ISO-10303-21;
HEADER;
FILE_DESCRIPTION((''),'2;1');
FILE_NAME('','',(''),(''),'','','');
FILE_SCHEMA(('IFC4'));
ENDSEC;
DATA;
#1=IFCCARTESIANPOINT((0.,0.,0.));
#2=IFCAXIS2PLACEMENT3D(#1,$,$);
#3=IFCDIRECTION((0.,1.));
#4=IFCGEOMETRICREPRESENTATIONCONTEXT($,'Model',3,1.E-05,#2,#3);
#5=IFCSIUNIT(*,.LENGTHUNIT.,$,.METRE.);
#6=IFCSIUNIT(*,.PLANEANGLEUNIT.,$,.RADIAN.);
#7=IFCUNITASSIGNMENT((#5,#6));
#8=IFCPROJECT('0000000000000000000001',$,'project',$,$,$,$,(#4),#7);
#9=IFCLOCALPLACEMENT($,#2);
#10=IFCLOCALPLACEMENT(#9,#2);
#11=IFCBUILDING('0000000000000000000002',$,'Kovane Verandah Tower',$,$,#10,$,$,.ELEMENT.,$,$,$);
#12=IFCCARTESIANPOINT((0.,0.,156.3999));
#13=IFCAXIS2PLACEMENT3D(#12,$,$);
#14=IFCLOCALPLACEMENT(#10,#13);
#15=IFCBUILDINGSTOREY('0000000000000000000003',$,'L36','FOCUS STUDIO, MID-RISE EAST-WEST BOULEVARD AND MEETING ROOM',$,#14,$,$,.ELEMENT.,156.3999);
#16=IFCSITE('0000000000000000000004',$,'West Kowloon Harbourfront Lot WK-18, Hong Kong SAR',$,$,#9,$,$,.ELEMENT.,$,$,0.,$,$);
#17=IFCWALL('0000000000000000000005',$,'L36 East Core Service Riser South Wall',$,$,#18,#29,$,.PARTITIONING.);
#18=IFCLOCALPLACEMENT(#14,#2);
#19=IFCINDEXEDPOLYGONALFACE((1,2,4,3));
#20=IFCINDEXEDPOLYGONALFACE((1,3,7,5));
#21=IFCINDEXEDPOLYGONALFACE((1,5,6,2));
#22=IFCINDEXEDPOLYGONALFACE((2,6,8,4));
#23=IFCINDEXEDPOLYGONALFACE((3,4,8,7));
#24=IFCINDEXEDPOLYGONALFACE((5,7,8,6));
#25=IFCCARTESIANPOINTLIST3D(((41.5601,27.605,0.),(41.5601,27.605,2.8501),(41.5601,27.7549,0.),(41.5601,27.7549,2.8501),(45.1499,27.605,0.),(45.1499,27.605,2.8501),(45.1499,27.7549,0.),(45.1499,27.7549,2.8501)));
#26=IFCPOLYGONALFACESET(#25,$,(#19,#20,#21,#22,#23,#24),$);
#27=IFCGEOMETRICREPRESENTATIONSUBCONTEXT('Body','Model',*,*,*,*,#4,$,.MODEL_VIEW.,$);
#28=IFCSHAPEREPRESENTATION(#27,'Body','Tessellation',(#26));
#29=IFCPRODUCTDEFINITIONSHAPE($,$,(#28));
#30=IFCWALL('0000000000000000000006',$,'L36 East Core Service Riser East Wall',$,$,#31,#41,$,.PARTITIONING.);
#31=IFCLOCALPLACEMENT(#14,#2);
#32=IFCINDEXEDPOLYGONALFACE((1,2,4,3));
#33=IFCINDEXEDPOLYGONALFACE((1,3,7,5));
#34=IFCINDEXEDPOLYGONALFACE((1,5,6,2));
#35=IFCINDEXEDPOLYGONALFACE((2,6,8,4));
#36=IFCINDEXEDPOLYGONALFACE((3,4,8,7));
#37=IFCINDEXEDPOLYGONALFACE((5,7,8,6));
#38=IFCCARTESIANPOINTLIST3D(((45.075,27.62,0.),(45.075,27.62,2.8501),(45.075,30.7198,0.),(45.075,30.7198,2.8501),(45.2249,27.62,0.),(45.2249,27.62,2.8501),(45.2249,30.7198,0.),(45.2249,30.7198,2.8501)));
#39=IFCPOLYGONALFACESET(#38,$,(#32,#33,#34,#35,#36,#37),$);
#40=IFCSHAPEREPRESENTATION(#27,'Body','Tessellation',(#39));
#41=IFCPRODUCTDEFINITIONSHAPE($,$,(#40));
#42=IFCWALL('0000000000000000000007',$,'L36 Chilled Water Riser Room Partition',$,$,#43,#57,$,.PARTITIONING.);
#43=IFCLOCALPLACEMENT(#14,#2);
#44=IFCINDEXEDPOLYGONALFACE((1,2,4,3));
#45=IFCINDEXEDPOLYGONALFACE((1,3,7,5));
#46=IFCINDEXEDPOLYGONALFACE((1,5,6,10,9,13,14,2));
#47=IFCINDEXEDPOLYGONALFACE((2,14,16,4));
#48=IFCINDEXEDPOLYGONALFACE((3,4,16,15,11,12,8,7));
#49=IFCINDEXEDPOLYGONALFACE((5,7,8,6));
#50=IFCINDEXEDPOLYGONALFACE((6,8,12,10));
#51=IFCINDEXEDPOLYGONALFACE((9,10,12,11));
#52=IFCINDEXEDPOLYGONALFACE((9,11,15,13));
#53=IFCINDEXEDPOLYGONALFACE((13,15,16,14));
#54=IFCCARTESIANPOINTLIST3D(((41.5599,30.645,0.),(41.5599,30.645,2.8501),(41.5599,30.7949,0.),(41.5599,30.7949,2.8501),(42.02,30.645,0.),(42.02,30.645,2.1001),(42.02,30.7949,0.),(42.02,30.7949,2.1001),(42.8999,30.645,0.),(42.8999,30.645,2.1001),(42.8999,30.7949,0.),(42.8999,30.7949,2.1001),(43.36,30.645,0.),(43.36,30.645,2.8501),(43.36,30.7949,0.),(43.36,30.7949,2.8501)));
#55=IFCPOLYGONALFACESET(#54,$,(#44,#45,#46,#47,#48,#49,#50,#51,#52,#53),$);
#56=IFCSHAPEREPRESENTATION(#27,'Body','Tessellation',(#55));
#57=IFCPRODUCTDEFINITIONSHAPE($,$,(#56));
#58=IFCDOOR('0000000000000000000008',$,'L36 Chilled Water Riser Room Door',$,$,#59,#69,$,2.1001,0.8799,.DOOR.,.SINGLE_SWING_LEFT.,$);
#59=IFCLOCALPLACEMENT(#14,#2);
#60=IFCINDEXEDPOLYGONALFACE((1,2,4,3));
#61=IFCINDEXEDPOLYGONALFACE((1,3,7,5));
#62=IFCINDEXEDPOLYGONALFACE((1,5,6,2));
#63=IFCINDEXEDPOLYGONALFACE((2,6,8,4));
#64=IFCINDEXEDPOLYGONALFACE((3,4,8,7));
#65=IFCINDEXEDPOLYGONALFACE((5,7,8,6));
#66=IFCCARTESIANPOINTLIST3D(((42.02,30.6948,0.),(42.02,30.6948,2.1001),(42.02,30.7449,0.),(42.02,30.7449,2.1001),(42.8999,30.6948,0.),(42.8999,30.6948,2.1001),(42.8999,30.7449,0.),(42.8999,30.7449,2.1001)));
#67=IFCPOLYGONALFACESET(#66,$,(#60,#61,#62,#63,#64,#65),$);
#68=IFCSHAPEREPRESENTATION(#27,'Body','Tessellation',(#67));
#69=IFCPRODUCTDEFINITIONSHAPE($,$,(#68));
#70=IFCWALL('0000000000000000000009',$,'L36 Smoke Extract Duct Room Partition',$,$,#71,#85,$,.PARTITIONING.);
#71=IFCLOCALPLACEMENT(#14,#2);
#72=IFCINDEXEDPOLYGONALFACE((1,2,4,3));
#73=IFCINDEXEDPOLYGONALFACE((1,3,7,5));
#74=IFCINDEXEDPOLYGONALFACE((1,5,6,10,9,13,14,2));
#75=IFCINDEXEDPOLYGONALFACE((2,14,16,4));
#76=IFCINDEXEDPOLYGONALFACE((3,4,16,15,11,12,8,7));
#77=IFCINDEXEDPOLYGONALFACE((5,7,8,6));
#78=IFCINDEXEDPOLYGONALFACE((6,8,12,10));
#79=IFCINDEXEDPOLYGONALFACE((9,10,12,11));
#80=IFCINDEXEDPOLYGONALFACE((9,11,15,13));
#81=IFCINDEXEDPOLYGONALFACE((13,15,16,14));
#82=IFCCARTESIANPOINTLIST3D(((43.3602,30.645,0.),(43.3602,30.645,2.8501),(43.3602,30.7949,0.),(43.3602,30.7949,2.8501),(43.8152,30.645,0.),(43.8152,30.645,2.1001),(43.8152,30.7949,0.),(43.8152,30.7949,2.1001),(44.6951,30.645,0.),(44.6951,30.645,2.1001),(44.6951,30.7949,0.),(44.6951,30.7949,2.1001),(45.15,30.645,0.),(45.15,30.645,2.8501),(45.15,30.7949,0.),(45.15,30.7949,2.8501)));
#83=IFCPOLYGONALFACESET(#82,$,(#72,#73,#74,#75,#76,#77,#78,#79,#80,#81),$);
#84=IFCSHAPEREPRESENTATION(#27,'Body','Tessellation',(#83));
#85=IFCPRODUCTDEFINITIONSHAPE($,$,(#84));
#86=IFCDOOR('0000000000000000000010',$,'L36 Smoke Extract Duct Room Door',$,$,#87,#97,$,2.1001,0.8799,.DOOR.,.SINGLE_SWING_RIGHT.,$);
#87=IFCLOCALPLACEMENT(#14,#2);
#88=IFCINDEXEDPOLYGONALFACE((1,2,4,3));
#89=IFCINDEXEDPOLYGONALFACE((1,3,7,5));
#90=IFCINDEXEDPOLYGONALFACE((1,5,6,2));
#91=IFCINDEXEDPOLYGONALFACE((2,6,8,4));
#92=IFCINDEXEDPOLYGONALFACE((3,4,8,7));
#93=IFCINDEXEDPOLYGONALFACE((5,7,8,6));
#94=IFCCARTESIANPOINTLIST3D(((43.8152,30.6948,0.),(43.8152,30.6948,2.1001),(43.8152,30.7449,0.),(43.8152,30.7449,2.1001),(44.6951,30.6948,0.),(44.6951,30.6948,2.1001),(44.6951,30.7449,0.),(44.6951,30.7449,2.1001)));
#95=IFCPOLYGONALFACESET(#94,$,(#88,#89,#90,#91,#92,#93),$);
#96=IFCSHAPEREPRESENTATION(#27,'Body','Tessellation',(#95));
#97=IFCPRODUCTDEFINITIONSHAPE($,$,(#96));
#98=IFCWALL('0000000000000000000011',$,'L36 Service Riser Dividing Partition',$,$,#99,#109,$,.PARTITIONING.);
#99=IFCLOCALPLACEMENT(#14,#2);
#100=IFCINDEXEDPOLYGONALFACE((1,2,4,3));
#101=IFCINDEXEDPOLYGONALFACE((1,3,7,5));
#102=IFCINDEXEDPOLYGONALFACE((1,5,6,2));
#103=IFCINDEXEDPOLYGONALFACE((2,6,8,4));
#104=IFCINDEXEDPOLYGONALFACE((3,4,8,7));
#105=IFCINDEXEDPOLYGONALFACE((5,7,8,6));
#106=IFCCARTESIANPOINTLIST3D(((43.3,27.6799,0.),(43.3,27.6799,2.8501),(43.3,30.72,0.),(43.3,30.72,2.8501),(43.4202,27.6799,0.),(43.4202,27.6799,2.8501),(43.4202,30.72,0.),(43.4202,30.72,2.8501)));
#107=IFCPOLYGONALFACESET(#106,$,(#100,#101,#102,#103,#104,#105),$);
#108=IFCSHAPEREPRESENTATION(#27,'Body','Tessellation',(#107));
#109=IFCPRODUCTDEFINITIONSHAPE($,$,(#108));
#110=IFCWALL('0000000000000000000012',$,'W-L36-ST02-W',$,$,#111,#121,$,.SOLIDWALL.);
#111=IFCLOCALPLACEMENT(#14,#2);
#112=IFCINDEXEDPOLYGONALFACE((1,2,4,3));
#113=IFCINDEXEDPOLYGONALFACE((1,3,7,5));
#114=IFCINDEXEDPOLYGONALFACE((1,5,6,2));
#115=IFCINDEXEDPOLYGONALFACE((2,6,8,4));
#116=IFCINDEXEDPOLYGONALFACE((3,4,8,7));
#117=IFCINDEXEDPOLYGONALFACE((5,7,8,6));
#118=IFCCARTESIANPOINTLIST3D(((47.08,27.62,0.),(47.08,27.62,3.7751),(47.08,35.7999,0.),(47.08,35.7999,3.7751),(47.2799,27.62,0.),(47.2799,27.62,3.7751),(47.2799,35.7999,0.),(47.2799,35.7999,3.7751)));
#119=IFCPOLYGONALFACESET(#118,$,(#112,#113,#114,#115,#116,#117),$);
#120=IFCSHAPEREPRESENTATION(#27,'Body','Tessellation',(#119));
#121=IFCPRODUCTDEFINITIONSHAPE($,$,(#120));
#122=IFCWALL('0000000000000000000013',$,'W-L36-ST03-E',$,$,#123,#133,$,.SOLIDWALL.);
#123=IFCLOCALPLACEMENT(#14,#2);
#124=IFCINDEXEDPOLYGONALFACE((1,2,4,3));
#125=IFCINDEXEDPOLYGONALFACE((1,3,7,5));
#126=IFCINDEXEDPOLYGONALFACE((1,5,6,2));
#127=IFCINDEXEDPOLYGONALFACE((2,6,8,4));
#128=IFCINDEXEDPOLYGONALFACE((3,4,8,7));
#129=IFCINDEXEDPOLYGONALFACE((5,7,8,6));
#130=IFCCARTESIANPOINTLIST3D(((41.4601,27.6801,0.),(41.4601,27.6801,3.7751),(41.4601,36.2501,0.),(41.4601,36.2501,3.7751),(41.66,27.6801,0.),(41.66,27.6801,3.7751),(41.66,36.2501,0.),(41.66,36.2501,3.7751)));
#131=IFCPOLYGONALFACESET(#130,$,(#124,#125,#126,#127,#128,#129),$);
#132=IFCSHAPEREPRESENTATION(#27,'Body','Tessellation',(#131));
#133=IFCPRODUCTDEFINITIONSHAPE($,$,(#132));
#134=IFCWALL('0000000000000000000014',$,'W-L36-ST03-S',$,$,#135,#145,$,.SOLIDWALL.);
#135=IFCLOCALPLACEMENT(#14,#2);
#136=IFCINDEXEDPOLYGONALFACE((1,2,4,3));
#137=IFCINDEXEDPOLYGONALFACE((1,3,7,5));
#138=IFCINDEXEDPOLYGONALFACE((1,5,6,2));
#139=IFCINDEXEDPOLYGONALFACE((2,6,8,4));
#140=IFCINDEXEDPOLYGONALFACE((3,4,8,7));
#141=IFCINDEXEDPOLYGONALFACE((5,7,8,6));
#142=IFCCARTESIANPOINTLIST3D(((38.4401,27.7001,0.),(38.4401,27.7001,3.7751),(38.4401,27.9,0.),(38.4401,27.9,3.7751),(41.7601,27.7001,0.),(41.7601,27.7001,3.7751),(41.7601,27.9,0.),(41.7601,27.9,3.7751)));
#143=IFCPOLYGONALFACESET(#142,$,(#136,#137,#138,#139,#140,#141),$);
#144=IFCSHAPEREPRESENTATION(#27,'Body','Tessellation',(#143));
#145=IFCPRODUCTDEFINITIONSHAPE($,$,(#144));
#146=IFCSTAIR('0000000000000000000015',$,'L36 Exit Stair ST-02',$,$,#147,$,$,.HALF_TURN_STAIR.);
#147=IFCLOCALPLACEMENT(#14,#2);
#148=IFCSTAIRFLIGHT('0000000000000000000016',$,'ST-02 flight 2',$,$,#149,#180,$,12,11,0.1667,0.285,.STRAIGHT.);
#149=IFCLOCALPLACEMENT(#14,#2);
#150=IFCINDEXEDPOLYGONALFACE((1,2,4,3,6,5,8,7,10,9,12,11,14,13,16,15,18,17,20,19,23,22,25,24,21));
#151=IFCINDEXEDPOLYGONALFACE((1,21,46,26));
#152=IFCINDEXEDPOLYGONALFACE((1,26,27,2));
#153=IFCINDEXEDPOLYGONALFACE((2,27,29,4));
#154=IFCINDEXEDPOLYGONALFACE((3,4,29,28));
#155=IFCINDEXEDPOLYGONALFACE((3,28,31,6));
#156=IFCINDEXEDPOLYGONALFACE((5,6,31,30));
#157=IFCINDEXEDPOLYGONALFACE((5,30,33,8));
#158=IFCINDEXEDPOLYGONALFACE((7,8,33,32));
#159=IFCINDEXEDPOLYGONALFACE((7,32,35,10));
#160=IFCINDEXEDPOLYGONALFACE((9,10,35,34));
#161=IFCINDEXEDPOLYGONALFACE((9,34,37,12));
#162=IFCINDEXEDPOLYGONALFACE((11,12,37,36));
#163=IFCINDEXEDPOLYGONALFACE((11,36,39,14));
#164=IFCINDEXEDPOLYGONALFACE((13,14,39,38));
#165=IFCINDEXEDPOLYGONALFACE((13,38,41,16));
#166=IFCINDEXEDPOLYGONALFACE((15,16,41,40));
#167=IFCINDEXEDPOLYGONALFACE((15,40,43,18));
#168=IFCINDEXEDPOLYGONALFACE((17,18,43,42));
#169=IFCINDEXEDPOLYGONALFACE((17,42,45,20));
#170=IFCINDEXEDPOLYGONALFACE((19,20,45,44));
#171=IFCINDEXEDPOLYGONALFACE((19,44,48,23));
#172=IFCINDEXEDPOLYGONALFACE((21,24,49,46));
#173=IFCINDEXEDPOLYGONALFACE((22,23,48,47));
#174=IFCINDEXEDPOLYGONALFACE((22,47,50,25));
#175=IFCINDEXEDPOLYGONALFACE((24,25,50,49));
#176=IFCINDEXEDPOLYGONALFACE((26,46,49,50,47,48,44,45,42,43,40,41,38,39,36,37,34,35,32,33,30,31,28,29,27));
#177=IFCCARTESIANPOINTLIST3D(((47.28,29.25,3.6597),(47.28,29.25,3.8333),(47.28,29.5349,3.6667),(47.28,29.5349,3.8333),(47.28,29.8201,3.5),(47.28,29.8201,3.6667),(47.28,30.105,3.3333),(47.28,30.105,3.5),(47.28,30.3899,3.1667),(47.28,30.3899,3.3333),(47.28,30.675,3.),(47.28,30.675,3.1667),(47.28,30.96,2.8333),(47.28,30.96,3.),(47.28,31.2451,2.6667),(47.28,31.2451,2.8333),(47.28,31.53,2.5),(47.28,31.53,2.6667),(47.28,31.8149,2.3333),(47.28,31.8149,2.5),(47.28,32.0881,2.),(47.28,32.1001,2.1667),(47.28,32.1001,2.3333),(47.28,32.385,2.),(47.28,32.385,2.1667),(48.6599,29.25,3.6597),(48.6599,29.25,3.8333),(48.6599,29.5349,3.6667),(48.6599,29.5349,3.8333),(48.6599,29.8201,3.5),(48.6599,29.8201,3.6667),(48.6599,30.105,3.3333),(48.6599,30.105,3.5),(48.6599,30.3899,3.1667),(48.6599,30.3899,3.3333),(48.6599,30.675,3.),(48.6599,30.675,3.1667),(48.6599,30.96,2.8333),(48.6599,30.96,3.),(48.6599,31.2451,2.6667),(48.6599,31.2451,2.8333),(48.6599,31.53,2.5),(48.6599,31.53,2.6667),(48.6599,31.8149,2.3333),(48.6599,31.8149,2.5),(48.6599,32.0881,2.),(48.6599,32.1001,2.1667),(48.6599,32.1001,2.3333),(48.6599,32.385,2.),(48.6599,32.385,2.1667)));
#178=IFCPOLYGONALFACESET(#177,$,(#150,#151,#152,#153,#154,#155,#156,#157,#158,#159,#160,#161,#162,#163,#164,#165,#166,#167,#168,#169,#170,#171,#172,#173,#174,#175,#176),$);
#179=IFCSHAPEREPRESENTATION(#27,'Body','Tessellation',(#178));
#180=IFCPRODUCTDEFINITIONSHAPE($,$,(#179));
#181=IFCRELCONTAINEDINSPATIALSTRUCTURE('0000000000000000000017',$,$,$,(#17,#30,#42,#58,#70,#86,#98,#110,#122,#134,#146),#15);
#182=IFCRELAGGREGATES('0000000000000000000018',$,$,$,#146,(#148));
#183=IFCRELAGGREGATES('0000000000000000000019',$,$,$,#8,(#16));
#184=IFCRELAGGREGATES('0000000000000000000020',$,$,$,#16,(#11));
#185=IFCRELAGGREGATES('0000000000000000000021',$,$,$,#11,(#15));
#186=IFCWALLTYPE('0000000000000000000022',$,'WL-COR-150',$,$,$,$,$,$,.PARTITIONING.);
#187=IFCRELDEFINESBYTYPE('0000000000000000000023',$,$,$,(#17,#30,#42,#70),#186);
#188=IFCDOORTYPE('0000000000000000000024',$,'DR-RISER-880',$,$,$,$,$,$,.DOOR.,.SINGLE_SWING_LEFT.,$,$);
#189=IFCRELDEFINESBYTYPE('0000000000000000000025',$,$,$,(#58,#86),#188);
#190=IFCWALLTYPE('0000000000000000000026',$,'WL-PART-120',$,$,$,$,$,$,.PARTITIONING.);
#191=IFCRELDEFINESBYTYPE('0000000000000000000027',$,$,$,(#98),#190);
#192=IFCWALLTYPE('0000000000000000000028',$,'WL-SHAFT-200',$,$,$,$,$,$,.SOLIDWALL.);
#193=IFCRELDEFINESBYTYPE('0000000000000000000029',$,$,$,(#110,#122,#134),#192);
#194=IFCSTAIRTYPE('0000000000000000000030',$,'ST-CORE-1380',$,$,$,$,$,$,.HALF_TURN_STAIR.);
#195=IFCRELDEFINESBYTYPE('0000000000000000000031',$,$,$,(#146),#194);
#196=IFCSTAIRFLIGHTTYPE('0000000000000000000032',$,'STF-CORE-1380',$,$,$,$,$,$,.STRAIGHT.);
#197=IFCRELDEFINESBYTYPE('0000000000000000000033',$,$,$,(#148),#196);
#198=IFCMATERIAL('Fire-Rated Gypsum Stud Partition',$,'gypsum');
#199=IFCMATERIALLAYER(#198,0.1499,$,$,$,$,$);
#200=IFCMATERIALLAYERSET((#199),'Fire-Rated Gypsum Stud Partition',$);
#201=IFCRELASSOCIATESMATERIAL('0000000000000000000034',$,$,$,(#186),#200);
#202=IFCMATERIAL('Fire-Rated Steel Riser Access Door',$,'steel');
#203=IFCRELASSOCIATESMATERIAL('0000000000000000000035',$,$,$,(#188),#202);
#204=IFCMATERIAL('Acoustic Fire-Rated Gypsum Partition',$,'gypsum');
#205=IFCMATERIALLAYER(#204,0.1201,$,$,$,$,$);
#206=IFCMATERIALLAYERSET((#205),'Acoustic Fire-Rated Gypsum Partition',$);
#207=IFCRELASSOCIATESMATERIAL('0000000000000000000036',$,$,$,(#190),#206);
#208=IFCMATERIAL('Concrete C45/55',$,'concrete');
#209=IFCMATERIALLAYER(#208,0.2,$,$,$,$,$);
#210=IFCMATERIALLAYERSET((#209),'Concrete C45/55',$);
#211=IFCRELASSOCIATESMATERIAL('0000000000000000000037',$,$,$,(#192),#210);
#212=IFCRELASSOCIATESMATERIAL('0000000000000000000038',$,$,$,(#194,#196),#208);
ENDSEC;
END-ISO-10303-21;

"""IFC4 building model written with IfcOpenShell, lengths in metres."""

from ifc_helpers import new_model, si_unit, direction, frame, frame_2d, origin, place, context, subcontext, project, spatial, polyline, rectangle, outline, extrude, material, layer, layer_set, type_object, element, fill, aggregate, save


model = new_model("IFC4")

# Units and contexts
model_context = context("Model", 3, precision=1e-05, world=origin(), true_north=direction((0.0, 1.0)))
body_context = subcontext(model_context, "Body", "Model", "MODEL_VIEW")
ifc_project = project(units=[si_unit("LENGTHUNIT", "METRE"), si_unit("PLANEANGLEUNIT", "RADIAN")], contexts=[model_context])

# Site, building, storey
site_placement = place(None, origin())
site = spatial("IfcSite", under=ifc_project, at=site_placement, Name="West Kowloon Harbourfront Lot WK-18, Hong Kong SAR", CompositionType="ELEMENT", RefElevation=0.0)
building_placement = place(site_placement, origin())
building = spatial("IfcBuilding", under=site, at=building_placement, Name="Kovane Verandah Tower", CompositionType="ELEMENT")
storey_placement = place(building_placement, frame((0.0, 0.0, 156.3999)))
storey = spatial("IfcBuildingStorey", under=building, at=storey_placement, Name="L36", Description="FOCUS STUDIO, MID-RISE EAST-WEST BOULEVARD AND MEETING ROOM", CompositionType="ELEMENT", Elevation=156.3999)

# Walls
ifc_material_1 = material(Name="Fire-Rated Gypsum Stud Partition", Category="gypsum")
ifc_layer_1 = layer(ifc_material_1, 0.1499)
ifc_layer_set_1 = layer_set([ifc_layer_1], Name="Fire-Rated Gypsum Stud Partition")
wall_type_1 = type_object("IfcWallType", Name="WL-COR-150", PredefinedType="PARTITIONING", material=ifc_layer_set_1)
wall_1_placement = place(storey_placement, frame((41.5601, 27.6799, 0.0), z_axis=(0.0, 0.0, 1.0), x_axis=(1.0, 0.0, 0.0)))
element("IfcWall", 1, at=wall_1_placement, inside=storey, type_object=wall_type_1, Name="L36 East Core Service Riser South Wall", PredefinedType="PARTITIONING", context=body_context, shape_type="SweptSolid", body=[
    extrude(rectangle(XDim=3.5898, YDim=0.1499, at=frame_2d((1.7949, 0.0))), origin(), (0.0, 0.0, 1.0), 2.8501),
])
wall_2_placement = place(storey_placement, frame((45.1499, 27.6201, 0.0), z_axis=(0.0, 0.0, 1.0), x_axis=(0.0, 1.0, 0.0)))
element("IfcWall", 2, at=wall_2_placement, inside=storey, type_object=wall_type_1, Name="L36 East Core Service Riser East Wall", PredefinedType="PARTITIONING", context=body_context, shape_type="SweptSolid", body=[
    extrude(rectangle(XDim=3.0999, YDim=0.1499, at=frame_2d((1.5498, 0.0))), origin(), (0.0, 0.0, 1.0), 2.8501),
])

# Walls, openings, doors
wall_3_placement = place(storey_placement, frame((41.5601, 30.72, 0.0), z_axis=(0.0, 0.0, 1.0), x_axis=(1.0, 0.0, 0.0)))
wall_3 = element("IfcWall", 3, at=wall_3_placement, inside=storey, type_object=wall_type_1, Name="L36 Chilled Water Riser Room Partition", PredefinedType="PARTITIONING", context=body_context, shape_type="SweptSolid", body=[
    extrude(rectangle(XDim=1.8, YDim=0.1499, at=frame_2d((0.8999, 0.0))), origin(), (0.0, 0.0, 1.0), 2.8501),
])
opening_1_placement = place(wall_3_placement, frame((0.46, 0.0, 0.0)))
opening_1 = element("IfcOpeningElement", 4, at=opening_1_placement, cuts=wall_3, PredefinedType="OPENING", context=body_context, shape_type="SweptSolid", body=[
    extrude(rectangle(XDim=0.8799, YDim=2.1001, at=frame_2d((0.4399, 1.05))), frame((0.0, 0.075, 0.0), z_axis=(0.0, -1.0, 0.0), x_axis=(1.0, 0.0, 0.0)), (0.0, 0.0, 1.0), 0.1499),
])
ifc_material_2 = material(Name="Fire-Rated Steel Riser Access Door", Category="steel")
door_type_1 = type_object("IfcDoorType", Name="DR-RISER-880", OperationType="SINGLE_SWING_LEFT", PredefinedType="DOOR", material=ifc_material_2)
door_1_placement = place(opening_1_placement, origin())
door_1 = element("IfcDoor", 5, at=door_1_placement, inside=storey, type_object=door_type_1, Name="L36 Chilled Water Riser Room Door", OperationType="SINGLE_SWING_LEFT", OverallHeight=2.1001, OverallWidth=0.8799, PredefinedType="DOOR", context=body_context, shape_type="SweptSolid", body=[
    extrude(rectangle(XDim=0.8799, YDim=2.1001, at=frame_2d((0.4399, 1.05))), frame((0.0, 0.0249, 0.0), z_axis=(0.0, -1.0, 0.0), x_axis=(1.0, 0.0, 0.0)), (0.0, 0.0, 1.0), 0.05),
])
fill(opening_1, door_1)
wall_4_placement = place(storey_placement, frame((43.3601, 30.72, 0.0), z_axis=(0.0, 0.0, 1.0), x_axis=(1.0, 0.0, 0.0)))
wall_4 = element("IfcWall", 6, at=wall_4_placement, inside=storey, type_object=wall_type_1, Name="L36 Smoke Extract Duct Room Partition", PredefinedType="PARTITIONING", context=body_context, shape_type="SweptSolid", body=[
    extrude(rectangle(XDim=1.7898, YDim=0.1499, at=frame_2d((0.895, 0.0))), origin(), (0.0, 0.0, 1.0), 2.8501),
])
opening_2_placement = place(wall_4_placement, frame((0.4551, 0.0, 0.0)))
opening_2 = element("IfcOpeningElement", 7, at=opening_2_placement, cuts=wall_4, PredefinedType="OPENING", context=body_context, shape_type="SweptSolid", body=[
    extrude(rectangle(XDim=0.8799, YDim=2.1001, at=frame_2d((0.4399, 1.05))), frame((0.0, 0.075, 0.0), z_axis=(0.0, -1.0, 0.0), x_axis=(1.0, 0.0, 0.0)), (0.0, 0.0, 1.0), 0.1499),
])
door_2_placement = place(opening_2_placement, origin())
door_2 = element("IfcDoor", 8, at=door_2_placement, inside=storey, type_object=door_type_1, Name="L36 Smoke Extract Duct Room Door", OperationType="SINGLE_SWING_RIGHT", OverallHeight=2.1001, OverallWidth=0.8799, PredefinedType="DOOR", context=body_context, shape_type="SweptSolid", body=[
    extrude(rectangle(XDim=0.8799, YDim=2.1001, at=frame_2d((0.4399, 1.05))), frame((0.0, 0.0249, 0.0), z_axis=(0.0, -1.0, 0.0), x_axis=(1.0, 0.0, 0.0)), (0.0, 0.0, 1.0), 0.05),
])
fill(opening_2, door_2)

# Walls
ifc_material_3 = material(Name="Acoustic Fire-Rated Gypsum Partition", Category="gypsum")
ifc_layer_2 = layer(ifc_material_3, 0.1201)
ifc_layer_set_2 = layer_set([ifc_layer_2], Name="Acoustic Fire-Rated Gypsum Partition")
wall_type_2 = type_object("IfcWallType", Name="WL-PART-120", PredefinedType="PARTITIONING", material=ifc_layer_set_2)
wall_5_placement = place(storey_placement, frame((43.3601, 27.6799, 0.0), z_axis=(0.0, 0.0, 1.0), x_axis=(0.0, 1.0, 0.0)))
element("IfcWall", 9, at=wall_5_placement, inside=storey, type_object=wall_type_2, Name="L36 Service Riser Dividing Partition", PredefinedType="PARTITIONING", context=body_context, shape_type="SweptSolid", body=[
    extrude(rectangle(XDim=3.04, YDim=0.1201, at=frame_2d((1.52, 0.0))), origin(), (0.0, 0.0, 1.0), 2.8501),
])
ifc_material_4 = material(Name="Concrete C45/55", Category="concrete")
ifc_layer_3 = layer(ifc_material_4, 0.2)
ifc_layer_set_3 = layer_set([ifc_layer_3], Name="Concrete C45/55")
wall_type_3 = type_object("IfcWallType", Name="WL-SHAFT-200", PredefinedType="SOLIDWALL", material=ifc_layer_set_3)
wall_6_placement = place(storey_placement, frame((47.1799, 27.6201, 0.0), z_axis=(0.0, 0.0, 1.0), x_axis=(0.0, 1.0, 0.0)))
element("IfcWall", 10, at=wall_6_placement, inside=storey, type_object=wall_type_3, Name="W-L36-ST02-W", PredefinedType="SOLIDWALL", context=body_context, shape_type="SweptSolid", body=[
    extrude(rectangle(XDim=8.1799, YDim=0.2, at=frame_2d((4.0898, 0.0))), origin(), (0.0, 0.0, 1.0), 3.7751),
])

# Walls
wall_7_placement = place(storey_placement, frame((41.5601, 27.6799, 0.0), z_axis=(0.0, 0.0, 1.0), x_axis=(0.0, 1.0, 0.0)))
element("IfcWall", 11, at=wall_7_placement, inside=storey, type_object=wall_type_3, Name="W-L36-ST03-E", PredefinedType="SOLIDWALL", context=body_context, shape_type="SweptSolid", body=[
    extrude(rectangle(XDim=8.5701, YDim=0.2, at=frame_2d((4.2852, 0.0))), origin(), (0.0, 0.0, 1.0), 3.7751),
])
wall_8_placement = place(storey_placement, frame((38.4399, 27.8, 0.0), z_axis=(0.0, 0.0, 1.0), x_axis=(1.0, 0.0, 0.0)))
element("IfcWall", 12, at=wall_8_placement, inside=storey, type_object=wall_type_3, Name="W-L36-ST03-S", PredefinedType="SOLIDWALL", context=body_context, shape_type="SweptSolid", body=[
    extrude(rectangle(XDim=3.3201, YDim=0.2, at=frame_2d((1.6602, 0.0))), origin(), (0.0, 0.0, 1.0), 3.7751),
])

# Stair, stair flight
stair_type = type_object("IfcStairType", Name="ST-CORE-1380", PredefinedType="HALF_TURN_STAIR", material=ifc_material_4)
stair_1_placement = place(storey_placement, origin())
stair_1 = element("IfcStair", 13, at=stair_1_placement, inside=storey, type_object=stair_type, Name="L36 Exit Stair ST-02", PredefinedType="HALF_TURN_STAIR")
stair_flight_type = type_object("IfcStairFlightType", Name="STF-CORE-1380", PredefinedType="STRAIGHT", material=ifc_material_4)
stair_flight_1_placement = place(storey_placement, frame((47.97, 32.385, 2.0), z_axis=(0.0, 0.0, 1.0), x_axis=(0.0, -1.0, 0.0)))
stair_flight_1 = element("IfcStairFlight", 14, at=stair_flight_1_placement, type_object=stair_flight_type, Name="ST-02 flight 2", NumberOfRisers=12, NumberOfTreads=11, PredefinedType="STRAIGHT", RiserHeight=0.1667, TreadLength=0.285, context=body_context, shape_type="SweptSolid", body=[
    extrude(outline(polyline([(0.0, 0.0), (0.0, 0.1667), (0.2849, 0.1667), (0.2849, 0.3333), (0.5701, 0.3333), (0.5701, 0.5), (0.855, 0.5), (0.855, 0.6667), (1.1399, 0.6667), (1.1399, 0.8333), (1.425, 0.8333), (1.425, 1.0), (1.71, 1.0), (1.71, 1.1667), (1.9951, 1.1667), (1.9951, 1.3333), (2.28, 1.3333), (2.28, 1.5), (2.5649, 1.5), (2.5649, 1.6667), (2.8501, 1.6667), (2.8501, 1.8333), (3.135, 1.8333), (3.135, 2.0), (3.135, 1.6597), (0.2969, 0.0), (0.0, 0.0)])), frame((0.0, 0.6899, 0.0), z_axis=(0.0, -1.0, 0.0), x_axis=(1.0, 0.0, 0.0)), (0.0, 0.0, 1.0), 1.3799),
])
aggregate(stair_1, [stair_flight_1])

save(model, "model.ifc")
